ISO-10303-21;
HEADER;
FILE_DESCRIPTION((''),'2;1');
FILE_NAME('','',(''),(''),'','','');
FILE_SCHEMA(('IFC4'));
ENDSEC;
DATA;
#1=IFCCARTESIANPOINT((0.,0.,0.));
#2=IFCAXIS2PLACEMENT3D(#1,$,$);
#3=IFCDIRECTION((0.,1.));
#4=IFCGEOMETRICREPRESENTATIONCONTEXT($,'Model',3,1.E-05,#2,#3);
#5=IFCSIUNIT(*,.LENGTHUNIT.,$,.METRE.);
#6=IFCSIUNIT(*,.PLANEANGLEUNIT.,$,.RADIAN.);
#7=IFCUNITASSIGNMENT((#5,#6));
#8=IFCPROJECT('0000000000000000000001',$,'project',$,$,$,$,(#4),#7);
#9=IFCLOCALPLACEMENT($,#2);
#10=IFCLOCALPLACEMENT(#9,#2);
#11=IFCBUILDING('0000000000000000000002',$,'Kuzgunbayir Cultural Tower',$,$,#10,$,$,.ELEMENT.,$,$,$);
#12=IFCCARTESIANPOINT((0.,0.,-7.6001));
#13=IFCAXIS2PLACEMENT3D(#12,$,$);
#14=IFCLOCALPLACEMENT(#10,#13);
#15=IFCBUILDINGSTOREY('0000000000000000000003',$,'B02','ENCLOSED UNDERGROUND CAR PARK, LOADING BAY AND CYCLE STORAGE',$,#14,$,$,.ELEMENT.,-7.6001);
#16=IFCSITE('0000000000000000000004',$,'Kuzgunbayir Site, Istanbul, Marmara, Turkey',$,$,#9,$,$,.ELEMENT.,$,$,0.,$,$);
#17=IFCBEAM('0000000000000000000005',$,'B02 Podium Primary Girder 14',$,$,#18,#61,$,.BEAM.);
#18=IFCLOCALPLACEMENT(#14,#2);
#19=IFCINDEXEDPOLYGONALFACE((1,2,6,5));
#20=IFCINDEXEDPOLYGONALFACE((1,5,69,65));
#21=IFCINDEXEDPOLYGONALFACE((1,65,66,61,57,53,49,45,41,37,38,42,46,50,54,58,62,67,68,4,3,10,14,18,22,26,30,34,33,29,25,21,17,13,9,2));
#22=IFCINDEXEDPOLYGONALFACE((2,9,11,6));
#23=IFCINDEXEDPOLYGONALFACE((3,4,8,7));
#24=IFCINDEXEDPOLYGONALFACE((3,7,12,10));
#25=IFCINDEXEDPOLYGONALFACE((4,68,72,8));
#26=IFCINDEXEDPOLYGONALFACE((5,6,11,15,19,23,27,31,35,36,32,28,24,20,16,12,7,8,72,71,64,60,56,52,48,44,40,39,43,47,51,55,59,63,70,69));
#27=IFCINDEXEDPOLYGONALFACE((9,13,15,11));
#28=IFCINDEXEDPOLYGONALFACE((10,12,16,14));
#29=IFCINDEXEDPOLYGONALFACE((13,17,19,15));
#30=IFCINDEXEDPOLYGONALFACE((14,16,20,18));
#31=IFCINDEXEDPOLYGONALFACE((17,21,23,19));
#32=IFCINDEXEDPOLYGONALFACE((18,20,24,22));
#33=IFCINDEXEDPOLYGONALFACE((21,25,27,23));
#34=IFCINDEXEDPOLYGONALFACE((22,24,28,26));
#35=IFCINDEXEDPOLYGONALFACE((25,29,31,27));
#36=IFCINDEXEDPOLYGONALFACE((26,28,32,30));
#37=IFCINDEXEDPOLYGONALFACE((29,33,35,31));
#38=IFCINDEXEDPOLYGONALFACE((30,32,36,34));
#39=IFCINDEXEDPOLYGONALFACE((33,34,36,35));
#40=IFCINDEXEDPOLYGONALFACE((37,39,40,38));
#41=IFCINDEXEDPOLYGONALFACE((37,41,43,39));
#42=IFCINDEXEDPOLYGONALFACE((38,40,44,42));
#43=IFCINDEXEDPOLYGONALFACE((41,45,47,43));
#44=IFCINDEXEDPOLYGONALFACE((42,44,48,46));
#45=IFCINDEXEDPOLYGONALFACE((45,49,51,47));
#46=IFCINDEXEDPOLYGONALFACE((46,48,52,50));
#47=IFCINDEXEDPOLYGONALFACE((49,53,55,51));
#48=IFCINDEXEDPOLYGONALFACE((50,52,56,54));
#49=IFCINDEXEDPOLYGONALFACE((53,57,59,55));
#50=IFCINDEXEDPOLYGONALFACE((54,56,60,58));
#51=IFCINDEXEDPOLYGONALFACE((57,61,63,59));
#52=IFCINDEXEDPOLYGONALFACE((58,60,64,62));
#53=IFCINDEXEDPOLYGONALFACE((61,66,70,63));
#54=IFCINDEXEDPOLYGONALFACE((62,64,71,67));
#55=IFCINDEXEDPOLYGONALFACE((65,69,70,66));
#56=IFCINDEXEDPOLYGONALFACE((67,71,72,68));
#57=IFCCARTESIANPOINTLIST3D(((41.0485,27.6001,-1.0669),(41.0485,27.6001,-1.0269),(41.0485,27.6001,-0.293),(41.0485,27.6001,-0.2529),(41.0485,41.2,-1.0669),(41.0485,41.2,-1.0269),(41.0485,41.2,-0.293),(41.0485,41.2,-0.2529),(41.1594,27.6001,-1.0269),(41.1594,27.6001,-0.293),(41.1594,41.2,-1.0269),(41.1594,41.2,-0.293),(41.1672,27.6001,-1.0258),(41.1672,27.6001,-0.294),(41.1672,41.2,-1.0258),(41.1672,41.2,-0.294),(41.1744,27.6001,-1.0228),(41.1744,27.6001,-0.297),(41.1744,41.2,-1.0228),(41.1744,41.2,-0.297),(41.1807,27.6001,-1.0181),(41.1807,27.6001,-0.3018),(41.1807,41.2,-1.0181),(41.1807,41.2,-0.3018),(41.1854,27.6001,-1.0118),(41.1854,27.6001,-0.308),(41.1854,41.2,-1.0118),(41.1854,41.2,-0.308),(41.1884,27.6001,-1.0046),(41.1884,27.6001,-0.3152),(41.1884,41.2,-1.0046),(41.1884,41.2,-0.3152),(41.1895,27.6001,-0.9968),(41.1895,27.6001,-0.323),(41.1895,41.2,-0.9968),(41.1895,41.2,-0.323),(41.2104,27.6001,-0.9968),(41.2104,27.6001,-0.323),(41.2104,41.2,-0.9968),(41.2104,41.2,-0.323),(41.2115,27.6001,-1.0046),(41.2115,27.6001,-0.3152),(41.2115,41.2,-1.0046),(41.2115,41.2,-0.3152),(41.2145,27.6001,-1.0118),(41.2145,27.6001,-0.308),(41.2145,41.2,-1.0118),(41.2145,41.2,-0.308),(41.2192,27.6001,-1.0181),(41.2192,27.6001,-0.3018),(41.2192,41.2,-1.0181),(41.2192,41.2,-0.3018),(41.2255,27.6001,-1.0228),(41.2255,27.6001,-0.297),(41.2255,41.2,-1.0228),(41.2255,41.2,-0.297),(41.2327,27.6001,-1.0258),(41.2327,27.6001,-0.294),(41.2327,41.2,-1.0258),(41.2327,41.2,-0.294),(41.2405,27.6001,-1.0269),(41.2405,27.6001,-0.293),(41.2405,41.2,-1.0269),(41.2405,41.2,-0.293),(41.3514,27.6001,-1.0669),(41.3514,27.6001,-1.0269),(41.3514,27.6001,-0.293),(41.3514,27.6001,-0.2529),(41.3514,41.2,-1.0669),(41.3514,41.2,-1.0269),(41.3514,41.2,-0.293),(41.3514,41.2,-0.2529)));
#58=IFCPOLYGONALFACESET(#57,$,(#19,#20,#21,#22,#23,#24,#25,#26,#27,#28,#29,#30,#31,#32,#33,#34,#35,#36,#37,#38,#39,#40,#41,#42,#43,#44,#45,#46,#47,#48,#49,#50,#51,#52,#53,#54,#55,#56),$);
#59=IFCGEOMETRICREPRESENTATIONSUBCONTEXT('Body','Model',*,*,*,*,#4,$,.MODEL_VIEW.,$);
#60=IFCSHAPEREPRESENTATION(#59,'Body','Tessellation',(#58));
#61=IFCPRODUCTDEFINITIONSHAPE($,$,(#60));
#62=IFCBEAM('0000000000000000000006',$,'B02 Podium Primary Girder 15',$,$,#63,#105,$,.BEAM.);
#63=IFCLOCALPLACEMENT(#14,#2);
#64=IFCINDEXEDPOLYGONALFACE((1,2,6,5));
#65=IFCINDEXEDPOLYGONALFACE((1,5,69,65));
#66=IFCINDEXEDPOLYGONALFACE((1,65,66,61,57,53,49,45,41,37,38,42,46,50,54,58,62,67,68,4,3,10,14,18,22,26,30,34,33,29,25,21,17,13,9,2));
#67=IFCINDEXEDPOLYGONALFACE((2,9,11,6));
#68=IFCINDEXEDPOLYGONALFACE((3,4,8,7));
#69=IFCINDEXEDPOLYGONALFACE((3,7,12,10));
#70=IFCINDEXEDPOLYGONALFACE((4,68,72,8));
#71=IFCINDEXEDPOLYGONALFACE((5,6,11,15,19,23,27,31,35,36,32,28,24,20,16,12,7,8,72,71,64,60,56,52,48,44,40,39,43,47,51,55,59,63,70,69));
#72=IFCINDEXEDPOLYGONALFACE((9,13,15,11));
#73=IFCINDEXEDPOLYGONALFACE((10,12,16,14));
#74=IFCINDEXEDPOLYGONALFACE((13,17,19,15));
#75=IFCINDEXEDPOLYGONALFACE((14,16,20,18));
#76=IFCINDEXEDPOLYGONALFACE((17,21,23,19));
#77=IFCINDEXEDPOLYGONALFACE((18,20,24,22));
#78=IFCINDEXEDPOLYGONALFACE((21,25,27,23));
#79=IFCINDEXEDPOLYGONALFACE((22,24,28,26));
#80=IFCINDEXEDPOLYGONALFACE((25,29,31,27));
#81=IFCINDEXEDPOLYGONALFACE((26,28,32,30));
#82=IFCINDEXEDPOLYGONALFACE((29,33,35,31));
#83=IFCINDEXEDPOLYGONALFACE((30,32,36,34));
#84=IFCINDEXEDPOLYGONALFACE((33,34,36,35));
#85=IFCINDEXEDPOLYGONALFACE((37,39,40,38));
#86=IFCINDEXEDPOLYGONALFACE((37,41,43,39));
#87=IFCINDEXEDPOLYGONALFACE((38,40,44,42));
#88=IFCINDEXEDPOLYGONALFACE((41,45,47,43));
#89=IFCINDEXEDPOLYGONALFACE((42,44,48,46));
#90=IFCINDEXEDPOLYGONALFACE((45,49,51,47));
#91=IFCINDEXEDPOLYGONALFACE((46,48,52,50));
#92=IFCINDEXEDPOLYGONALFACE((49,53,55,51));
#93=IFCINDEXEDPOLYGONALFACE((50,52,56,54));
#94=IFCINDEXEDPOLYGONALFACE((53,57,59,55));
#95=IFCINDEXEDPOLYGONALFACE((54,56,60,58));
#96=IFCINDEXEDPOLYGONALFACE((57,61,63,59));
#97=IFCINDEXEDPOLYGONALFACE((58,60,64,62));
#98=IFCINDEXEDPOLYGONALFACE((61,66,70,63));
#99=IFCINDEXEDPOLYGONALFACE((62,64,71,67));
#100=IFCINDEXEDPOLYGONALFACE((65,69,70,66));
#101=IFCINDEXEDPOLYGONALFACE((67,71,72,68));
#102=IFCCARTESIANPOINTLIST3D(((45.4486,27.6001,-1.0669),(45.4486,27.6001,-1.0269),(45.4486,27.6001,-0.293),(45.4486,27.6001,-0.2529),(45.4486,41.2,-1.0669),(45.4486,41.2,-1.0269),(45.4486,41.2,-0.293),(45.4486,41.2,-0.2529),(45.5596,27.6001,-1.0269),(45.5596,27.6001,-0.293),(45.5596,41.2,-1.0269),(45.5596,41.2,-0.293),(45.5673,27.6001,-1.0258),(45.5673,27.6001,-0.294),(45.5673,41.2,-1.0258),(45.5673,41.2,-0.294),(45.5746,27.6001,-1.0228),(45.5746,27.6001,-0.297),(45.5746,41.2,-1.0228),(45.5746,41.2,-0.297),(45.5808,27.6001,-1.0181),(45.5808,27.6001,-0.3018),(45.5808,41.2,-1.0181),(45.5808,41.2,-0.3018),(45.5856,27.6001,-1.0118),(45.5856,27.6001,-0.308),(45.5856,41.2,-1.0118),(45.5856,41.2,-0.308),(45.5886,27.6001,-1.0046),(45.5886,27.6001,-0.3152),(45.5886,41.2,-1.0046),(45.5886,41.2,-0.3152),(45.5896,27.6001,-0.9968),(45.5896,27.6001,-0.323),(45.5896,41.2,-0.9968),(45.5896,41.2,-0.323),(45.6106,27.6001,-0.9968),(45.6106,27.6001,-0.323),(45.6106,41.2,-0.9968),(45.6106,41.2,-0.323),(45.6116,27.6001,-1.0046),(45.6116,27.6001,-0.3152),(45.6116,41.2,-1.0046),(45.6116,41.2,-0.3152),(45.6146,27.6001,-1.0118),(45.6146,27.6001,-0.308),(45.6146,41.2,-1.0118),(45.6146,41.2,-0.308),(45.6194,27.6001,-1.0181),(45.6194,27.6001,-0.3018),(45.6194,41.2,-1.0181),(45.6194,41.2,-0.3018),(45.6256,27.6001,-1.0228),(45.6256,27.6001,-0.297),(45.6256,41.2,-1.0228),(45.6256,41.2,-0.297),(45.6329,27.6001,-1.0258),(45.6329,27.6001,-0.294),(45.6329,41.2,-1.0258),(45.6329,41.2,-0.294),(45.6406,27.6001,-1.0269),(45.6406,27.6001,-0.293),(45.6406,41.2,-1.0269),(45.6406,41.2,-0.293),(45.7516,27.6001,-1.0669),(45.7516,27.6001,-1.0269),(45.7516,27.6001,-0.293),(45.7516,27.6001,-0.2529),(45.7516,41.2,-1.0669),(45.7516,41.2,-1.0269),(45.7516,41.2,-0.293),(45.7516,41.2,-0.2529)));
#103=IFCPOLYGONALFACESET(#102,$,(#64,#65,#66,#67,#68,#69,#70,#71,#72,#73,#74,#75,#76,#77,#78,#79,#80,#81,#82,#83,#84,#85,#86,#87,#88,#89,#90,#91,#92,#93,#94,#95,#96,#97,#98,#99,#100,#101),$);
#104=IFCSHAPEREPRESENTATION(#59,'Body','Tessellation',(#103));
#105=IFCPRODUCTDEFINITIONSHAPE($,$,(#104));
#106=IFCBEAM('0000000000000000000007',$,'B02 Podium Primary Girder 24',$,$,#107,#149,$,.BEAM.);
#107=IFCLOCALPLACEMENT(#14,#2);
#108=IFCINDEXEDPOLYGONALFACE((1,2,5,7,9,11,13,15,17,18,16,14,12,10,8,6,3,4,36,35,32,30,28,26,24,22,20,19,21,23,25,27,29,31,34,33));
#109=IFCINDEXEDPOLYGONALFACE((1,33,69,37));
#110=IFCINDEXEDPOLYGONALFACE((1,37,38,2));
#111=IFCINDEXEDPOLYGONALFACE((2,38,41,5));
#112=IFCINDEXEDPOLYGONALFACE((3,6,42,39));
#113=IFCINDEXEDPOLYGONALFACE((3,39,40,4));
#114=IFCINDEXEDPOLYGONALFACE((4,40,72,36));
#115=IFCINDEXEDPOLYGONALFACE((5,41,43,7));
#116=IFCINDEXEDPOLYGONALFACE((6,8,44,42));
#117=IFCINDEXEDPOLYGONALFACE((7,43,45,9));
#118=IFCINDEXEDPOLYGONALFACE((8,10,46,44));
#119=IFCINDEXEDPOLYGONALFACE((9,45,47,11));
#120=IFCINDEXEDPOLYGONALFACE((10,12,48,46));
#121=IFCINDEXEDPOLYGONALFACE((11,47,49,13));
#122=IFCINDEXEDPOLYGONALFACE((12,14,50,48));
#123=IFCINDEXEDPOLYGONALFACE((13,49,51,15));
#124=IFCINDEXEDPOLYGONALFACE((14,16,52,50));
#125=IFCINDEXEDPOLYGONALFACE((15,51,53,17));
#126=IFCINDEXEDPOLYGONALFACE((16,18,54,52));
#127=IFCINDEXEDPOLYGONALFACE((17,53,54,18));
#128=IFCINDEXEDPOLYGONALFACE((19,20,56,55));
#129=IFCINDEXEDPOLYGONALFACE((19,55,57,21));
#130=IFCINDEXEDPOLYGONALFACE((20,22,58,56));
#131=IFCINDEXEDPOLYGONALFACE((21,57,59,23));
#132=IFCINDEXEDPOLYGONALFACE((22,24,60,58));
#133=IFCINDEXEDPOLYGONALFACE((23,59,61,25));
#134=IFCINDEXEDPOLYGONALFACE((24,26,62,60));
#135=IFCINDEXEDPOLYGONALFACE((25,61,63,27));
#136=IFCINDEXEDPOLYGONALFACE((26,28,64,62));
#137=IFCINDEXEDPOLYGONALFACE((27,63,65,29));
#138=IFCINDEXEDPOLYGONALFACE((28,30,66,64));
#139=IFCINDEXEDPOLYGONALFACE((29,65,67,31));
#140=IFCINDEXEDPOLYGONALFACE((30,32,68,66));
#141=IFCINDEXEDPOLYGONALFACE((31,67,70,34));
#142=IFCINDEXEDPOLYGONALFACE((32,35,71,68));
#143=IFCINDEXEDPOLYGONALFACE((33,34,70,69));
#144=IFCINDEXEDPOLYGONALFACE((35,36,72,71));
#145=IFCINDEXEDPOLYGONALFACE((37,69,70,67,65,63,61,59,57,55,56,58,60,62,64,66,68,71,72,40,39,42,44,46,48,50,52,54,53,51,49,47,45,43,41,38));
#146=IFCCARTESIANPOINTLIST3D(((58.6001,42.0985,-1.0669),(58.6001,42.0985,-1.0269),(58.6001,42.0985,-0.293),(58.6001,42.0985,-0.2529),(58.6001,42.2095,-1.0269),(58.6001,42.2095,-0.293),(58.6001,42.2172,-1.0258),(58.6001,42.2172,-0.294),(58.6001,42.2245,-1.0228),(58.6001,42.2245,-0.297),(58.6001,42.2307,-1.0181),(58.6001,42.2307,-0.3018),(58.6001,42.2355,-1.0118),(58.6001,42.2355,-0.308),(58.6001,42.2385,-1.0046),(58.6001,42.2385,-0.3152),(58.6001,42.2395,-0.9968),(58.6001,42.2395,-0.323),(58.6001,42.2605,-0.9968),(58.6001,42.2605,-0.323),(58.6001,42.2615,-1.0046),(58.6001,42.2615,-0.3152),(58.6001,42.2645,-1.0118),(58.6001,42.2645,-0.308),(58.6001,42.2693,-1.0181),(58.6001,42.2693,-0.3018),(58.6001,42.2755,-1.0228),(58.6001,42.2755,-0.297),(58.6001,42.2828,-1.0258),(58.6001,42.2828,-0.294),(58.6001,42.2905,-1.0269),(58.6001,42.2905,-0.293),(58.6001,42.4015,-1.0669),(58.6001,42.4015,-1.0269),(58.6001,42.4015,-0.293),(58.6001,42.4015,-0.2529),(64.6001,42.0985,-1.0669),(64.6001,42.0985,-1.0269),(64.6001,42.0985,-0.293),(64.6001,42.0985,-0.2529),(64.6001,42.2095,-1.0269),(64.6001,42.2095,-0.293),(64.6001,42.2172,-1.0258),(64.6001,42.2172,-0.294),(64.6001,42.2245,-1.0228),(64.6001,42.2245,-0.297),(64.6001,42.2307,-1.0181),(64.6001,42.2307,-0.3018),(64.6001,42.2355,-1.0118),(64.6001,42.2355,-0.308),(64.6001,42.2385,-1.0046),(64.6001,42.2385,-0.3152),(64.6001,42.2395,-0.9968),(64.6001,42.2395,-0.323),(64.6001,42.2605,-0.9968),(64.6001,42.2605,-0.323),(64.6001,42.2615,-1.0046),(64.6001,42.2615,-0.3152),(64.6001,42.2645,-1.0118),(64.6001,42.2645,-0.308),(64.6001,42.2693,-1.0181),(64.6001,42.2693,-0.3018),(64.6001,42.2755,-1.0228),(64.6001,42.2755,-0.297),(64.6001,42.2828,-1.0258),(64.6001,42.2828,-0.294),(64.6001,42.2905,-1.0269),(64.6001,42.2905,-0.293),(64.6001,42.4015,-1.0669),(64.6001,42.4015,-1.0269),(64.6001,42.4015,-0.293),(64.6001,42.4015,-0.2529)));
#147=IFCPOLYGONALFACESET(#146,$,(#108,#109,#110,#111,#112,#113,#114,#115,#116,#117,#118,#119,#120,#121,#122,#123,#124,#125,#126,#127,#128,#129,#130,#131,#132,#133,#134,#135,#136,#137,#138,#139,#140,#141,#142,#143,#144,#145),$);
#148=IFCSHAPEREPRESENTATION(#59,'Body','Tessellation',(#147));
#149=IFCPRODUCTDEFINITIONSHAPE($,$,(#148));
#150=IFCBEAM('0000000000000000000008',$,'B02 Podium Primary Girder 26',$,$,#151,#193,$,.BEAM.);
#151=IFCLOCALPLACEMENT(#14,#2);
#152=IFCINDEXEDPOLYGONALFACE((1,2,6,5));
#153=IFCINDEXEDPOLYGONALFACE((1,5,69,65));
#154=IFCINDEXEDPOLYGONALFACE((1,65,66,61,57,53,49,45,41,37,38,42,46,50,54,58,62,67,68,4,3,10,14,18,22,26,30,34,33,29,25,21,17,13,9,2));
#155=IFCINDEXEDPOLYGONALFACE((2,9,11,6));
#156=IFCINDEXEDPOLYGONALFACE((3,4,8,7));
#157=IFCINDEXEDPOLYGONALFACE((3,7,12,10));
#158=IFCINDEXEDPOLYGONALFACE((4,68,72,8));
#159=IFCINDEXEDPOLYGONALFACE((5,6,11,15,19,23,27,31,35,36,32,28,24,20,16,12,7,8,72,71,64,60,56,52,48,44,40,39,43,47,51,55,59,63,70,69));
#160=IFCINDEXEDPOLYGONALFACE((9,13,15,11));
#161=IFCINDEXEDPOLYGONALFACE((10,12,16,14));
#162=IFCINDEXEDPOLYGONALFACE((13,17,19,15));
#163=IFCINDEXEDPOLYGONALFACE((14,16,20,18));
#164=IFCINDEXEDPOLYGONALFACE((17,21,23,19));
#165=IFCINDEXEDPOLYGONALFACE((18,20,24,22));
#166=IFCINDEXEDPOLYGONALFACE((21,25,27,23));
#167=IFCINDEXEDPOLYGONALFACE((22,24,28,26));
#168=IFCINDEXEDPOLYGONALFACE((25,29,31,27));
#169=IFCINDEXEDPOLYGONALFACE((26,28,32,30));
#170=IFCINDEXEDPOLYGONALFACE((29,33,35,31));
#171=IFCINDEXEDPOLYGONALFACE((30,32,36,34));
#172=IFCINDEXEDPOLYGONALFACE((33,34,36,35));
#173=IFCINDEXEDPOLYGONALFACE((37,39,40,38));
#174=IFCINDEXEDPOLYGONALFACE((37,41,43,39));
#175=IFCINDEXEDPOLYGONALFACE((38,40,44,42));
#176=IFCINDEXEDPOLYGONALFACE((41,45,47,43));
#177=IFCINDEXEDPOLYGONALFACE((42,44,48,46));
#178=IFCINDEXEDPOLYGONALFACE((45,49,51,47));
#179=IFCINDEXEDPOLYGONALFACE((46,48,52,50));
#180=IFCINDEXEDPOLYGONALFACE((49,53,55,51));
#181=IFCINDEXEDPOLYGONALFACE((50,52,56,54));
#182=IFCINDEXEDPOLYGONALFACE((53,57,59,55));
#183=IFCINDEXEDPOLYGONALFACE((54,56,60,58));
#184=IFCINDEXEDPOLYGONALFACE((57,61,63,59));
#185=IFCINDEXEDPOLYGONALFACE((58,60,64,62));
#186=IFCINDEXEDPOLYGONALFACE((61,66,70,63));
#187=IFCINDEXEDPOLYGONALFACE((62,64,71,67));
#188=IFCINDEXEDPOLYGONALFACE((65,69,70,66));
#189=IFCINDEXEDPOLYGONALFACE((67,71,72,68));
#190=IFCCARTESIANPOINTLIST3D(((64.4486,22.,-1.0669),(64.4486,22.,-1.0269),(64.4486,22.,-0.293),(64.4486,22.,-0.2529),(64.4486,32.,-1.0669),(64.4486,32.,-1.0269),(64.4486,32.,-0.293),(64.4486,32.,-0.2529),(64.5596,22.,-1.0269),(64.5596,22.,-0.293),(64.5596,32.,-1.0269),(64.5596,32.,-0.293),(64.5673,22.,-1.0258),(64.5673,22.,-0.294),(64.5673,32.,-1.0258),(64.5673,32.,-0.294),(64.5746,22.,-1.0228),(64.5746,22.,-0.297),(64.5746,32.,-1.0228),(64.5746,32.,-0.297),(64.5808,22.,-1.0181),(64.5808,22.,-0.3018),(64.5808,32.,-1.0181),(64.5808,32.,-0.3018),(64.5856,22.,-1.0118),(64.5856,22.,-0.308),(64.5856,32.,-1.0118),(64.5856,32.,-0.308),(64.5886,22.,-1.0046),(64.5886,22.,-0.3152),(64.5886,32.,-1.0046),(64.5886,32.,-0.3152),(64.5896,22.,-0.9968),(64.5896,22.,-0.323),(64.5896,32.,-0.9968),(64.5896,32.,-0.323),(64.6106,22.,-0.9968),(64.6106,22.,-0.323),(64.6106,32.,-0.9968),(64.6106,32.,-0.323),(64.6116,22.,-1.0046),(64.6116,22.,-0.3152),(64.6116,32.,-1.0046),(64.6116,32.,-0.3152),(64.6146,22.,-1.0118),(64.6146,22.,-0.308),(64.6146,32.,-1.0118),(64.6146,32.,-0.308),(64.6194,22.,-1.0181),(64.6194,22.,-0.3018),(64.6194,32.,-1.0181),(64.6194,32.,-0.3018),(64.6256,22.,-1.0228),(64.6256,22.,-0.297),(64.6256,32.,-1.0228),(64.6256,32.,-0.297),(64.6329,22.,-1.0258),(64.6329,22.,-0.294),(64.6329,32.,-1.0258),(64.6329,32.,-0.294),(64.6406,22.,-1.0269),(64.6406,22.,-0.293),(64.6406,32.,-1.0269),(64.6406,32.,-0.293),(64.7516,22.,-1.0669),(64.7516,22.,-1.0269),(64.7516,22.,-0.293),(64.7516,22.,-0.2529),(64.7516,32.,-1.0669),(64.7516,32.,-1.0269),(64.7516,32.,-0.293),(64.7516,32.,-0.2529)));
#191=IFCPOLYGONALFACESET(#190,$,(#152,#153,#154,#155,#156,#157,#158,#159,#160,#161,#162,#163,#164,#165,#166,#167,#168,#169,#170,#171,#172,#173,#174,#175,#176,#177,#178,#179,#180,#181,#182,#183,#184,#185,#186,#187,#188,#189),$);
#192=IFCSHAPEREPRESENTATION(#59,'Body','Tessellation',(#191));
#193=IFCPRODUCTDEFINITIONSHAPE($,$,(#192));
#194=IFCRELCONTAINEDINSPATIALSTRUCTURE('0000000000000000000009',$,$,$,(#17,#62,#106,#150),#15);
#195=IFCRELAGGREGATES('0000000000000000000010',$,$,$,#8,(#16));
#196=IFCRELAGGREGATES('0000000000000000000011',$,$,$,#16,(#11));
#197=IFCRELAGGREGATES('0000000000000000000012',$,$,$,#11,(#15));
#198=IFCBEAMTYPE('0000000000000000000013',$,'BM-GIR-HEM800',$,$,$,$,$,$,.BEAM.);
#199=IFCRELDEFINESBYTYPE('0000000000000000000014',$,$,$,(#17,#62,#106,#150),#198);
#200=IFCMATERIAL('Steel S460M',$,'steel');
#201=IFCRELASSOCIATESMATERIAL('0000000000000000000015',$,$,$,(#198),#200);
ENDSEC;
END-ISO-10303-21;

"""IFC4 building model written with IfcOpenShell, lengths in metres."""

from ifc_helpers import new_model, si_unit, direction, frame, origin, origin_2d, place, context, subcontext, project, spatial, i_section, extrude, material, material_profile, profile_set, type_object, element, save


model = new_model("IFC4")

# Units and contexts
model_context = context("Model", 3, precision=1e-05, world=origin(), true_north=direction((0.0, 1.0)))
body_context = subcontext(model_context, "Body", "Model", "MODEL_VIEW")
ifc_project = project(units=[si_unit("LENGTHUNIT", "METRE"), si_unit("PLANEANGLEUNIT", "RADIAN")], contexts=[model_context])

# Site, building, storey
site_placement = place(None, origin())
site = spatial("IfcSite", under=ifc_project, at=site_placement, Name="Kuzgunbayir Site, Istanbul, Marmara, Turkey", CompositionType="ELEMENT", RefElevation=0.0)
building_placement = place(site_placement, origin())
building = spatial("IfcBuilding", under=site, at=building_placement, Name="Kuzgunbayir Cultural Tower", CompositionType="ELEMENT")
storey_placement = place(building_placement, frame((0.0, 0.0, -7.6001)))
storey = spatial("IfcBuildingStorey", under=building, at=storey_placement, Name="B02", Description="ENCLOSED UNDERGROUND CAR PARK, LOADING BAY AND CYCLE STORAGE", CompositionType="ELEMENT", Elevation=-7.6001)

# Beams
ifc_material_1 = material(Name="Steel S460M", Category="steel")
ifc_material_profile_1 = material_profile(ifc_material_1, i_section(OverallWidth=0.303, OverallDepth=0.814, WebThickness=0.021, FlangeThickness=0.04, FilletRadius=0.03, at=origin_2d()), Name="HEM 800")
ifc_profile_set_1 = profile_set([ifc_material_profile_1], Name="Steel S460M")
beam_type_1 = type_object("IfcBeamType", Name="BM-GIR-HEM800", PredefinedType="BEAM", material=ifc_profile_set_1)
for number, where, z_axis, x_axis, name in (
    (1, (41.2, 27.6001, -0.6599), (0.0, 1.0, 0.0), (-1.0, 0.0, 0.0), "B02 Podium Primary Girder 14"),
    (2, (45.6001, 27.6001, -0.6599), (0.0, 1.0, 0.0), (-1.0, 0.0, 0.0), "B02 Podium Primary Girder 15"),
):
    element("IfcBeam", number, at=place(storey_placement, frame(where, z_axis=z_axis, x_axis=x_axis)), inside=storey, type_object=beam_type_1, Name=name, PredefinedType="BEAM", context=body_context, shape_type="SweptSolid", body=[
        extrude(i_section(OverallWidth=0.303, OverallDepth=0.814, WebThickness=0.021, FlangeThickness=0.04, FilletRadius=0.03, at=origin_2d()), origin(), (0.0, 0.0, 1.0), 13.5999),
    ])
beam_1_placement = place(storey_placement, frame((58.6001, 42.25, -0.6599), z_axis=(1.0, 0.0, 0.0), x_axis=(0.0, 1.0, 0.0)))
element("IfcBeam", 3, at=beam_1_placement, inside=storey, type_object=beam_type_1, Name="B02 Podium Primary Girder 24", PredefinedType="BEAM", context=body_context, shape_type="SweptSolid", body=[
    extrude(i_section(OverallWidth=0.303, OverallDepth=0.814, WebThickness=0.021, FlangeThickness=0.04, FilletRadius=0.03, at=origin_2d()), origin(), (0.0, 0.0, 1.0), 6.0),
])
beam_2_placement = place(storey_placement, frame((64.6001, 22.0, -0.6599), z_axis=(0.0, 1.0, 0.0), x_axis=(-1.0, 0.0, 0.0)))
element("IfcBeam", 4, at=beam_2_placement, inside=storey, type_object=beam_type_1, Name="B02 Podium Primary Girder 26", PredefinedType="BEAM", context=body_context, shape_type="SweptSolid", body=[
    extrude(i_section(OverallWidth=0.303, OverallDepth=0.814, WebThickness=0.021, FlangeThickness=0.04, FilletRadius=0.03, at=origin_2d()), origin(), (0.0, 0.0, 1.0), 10.0),
])

save(model, "model.ifc")
